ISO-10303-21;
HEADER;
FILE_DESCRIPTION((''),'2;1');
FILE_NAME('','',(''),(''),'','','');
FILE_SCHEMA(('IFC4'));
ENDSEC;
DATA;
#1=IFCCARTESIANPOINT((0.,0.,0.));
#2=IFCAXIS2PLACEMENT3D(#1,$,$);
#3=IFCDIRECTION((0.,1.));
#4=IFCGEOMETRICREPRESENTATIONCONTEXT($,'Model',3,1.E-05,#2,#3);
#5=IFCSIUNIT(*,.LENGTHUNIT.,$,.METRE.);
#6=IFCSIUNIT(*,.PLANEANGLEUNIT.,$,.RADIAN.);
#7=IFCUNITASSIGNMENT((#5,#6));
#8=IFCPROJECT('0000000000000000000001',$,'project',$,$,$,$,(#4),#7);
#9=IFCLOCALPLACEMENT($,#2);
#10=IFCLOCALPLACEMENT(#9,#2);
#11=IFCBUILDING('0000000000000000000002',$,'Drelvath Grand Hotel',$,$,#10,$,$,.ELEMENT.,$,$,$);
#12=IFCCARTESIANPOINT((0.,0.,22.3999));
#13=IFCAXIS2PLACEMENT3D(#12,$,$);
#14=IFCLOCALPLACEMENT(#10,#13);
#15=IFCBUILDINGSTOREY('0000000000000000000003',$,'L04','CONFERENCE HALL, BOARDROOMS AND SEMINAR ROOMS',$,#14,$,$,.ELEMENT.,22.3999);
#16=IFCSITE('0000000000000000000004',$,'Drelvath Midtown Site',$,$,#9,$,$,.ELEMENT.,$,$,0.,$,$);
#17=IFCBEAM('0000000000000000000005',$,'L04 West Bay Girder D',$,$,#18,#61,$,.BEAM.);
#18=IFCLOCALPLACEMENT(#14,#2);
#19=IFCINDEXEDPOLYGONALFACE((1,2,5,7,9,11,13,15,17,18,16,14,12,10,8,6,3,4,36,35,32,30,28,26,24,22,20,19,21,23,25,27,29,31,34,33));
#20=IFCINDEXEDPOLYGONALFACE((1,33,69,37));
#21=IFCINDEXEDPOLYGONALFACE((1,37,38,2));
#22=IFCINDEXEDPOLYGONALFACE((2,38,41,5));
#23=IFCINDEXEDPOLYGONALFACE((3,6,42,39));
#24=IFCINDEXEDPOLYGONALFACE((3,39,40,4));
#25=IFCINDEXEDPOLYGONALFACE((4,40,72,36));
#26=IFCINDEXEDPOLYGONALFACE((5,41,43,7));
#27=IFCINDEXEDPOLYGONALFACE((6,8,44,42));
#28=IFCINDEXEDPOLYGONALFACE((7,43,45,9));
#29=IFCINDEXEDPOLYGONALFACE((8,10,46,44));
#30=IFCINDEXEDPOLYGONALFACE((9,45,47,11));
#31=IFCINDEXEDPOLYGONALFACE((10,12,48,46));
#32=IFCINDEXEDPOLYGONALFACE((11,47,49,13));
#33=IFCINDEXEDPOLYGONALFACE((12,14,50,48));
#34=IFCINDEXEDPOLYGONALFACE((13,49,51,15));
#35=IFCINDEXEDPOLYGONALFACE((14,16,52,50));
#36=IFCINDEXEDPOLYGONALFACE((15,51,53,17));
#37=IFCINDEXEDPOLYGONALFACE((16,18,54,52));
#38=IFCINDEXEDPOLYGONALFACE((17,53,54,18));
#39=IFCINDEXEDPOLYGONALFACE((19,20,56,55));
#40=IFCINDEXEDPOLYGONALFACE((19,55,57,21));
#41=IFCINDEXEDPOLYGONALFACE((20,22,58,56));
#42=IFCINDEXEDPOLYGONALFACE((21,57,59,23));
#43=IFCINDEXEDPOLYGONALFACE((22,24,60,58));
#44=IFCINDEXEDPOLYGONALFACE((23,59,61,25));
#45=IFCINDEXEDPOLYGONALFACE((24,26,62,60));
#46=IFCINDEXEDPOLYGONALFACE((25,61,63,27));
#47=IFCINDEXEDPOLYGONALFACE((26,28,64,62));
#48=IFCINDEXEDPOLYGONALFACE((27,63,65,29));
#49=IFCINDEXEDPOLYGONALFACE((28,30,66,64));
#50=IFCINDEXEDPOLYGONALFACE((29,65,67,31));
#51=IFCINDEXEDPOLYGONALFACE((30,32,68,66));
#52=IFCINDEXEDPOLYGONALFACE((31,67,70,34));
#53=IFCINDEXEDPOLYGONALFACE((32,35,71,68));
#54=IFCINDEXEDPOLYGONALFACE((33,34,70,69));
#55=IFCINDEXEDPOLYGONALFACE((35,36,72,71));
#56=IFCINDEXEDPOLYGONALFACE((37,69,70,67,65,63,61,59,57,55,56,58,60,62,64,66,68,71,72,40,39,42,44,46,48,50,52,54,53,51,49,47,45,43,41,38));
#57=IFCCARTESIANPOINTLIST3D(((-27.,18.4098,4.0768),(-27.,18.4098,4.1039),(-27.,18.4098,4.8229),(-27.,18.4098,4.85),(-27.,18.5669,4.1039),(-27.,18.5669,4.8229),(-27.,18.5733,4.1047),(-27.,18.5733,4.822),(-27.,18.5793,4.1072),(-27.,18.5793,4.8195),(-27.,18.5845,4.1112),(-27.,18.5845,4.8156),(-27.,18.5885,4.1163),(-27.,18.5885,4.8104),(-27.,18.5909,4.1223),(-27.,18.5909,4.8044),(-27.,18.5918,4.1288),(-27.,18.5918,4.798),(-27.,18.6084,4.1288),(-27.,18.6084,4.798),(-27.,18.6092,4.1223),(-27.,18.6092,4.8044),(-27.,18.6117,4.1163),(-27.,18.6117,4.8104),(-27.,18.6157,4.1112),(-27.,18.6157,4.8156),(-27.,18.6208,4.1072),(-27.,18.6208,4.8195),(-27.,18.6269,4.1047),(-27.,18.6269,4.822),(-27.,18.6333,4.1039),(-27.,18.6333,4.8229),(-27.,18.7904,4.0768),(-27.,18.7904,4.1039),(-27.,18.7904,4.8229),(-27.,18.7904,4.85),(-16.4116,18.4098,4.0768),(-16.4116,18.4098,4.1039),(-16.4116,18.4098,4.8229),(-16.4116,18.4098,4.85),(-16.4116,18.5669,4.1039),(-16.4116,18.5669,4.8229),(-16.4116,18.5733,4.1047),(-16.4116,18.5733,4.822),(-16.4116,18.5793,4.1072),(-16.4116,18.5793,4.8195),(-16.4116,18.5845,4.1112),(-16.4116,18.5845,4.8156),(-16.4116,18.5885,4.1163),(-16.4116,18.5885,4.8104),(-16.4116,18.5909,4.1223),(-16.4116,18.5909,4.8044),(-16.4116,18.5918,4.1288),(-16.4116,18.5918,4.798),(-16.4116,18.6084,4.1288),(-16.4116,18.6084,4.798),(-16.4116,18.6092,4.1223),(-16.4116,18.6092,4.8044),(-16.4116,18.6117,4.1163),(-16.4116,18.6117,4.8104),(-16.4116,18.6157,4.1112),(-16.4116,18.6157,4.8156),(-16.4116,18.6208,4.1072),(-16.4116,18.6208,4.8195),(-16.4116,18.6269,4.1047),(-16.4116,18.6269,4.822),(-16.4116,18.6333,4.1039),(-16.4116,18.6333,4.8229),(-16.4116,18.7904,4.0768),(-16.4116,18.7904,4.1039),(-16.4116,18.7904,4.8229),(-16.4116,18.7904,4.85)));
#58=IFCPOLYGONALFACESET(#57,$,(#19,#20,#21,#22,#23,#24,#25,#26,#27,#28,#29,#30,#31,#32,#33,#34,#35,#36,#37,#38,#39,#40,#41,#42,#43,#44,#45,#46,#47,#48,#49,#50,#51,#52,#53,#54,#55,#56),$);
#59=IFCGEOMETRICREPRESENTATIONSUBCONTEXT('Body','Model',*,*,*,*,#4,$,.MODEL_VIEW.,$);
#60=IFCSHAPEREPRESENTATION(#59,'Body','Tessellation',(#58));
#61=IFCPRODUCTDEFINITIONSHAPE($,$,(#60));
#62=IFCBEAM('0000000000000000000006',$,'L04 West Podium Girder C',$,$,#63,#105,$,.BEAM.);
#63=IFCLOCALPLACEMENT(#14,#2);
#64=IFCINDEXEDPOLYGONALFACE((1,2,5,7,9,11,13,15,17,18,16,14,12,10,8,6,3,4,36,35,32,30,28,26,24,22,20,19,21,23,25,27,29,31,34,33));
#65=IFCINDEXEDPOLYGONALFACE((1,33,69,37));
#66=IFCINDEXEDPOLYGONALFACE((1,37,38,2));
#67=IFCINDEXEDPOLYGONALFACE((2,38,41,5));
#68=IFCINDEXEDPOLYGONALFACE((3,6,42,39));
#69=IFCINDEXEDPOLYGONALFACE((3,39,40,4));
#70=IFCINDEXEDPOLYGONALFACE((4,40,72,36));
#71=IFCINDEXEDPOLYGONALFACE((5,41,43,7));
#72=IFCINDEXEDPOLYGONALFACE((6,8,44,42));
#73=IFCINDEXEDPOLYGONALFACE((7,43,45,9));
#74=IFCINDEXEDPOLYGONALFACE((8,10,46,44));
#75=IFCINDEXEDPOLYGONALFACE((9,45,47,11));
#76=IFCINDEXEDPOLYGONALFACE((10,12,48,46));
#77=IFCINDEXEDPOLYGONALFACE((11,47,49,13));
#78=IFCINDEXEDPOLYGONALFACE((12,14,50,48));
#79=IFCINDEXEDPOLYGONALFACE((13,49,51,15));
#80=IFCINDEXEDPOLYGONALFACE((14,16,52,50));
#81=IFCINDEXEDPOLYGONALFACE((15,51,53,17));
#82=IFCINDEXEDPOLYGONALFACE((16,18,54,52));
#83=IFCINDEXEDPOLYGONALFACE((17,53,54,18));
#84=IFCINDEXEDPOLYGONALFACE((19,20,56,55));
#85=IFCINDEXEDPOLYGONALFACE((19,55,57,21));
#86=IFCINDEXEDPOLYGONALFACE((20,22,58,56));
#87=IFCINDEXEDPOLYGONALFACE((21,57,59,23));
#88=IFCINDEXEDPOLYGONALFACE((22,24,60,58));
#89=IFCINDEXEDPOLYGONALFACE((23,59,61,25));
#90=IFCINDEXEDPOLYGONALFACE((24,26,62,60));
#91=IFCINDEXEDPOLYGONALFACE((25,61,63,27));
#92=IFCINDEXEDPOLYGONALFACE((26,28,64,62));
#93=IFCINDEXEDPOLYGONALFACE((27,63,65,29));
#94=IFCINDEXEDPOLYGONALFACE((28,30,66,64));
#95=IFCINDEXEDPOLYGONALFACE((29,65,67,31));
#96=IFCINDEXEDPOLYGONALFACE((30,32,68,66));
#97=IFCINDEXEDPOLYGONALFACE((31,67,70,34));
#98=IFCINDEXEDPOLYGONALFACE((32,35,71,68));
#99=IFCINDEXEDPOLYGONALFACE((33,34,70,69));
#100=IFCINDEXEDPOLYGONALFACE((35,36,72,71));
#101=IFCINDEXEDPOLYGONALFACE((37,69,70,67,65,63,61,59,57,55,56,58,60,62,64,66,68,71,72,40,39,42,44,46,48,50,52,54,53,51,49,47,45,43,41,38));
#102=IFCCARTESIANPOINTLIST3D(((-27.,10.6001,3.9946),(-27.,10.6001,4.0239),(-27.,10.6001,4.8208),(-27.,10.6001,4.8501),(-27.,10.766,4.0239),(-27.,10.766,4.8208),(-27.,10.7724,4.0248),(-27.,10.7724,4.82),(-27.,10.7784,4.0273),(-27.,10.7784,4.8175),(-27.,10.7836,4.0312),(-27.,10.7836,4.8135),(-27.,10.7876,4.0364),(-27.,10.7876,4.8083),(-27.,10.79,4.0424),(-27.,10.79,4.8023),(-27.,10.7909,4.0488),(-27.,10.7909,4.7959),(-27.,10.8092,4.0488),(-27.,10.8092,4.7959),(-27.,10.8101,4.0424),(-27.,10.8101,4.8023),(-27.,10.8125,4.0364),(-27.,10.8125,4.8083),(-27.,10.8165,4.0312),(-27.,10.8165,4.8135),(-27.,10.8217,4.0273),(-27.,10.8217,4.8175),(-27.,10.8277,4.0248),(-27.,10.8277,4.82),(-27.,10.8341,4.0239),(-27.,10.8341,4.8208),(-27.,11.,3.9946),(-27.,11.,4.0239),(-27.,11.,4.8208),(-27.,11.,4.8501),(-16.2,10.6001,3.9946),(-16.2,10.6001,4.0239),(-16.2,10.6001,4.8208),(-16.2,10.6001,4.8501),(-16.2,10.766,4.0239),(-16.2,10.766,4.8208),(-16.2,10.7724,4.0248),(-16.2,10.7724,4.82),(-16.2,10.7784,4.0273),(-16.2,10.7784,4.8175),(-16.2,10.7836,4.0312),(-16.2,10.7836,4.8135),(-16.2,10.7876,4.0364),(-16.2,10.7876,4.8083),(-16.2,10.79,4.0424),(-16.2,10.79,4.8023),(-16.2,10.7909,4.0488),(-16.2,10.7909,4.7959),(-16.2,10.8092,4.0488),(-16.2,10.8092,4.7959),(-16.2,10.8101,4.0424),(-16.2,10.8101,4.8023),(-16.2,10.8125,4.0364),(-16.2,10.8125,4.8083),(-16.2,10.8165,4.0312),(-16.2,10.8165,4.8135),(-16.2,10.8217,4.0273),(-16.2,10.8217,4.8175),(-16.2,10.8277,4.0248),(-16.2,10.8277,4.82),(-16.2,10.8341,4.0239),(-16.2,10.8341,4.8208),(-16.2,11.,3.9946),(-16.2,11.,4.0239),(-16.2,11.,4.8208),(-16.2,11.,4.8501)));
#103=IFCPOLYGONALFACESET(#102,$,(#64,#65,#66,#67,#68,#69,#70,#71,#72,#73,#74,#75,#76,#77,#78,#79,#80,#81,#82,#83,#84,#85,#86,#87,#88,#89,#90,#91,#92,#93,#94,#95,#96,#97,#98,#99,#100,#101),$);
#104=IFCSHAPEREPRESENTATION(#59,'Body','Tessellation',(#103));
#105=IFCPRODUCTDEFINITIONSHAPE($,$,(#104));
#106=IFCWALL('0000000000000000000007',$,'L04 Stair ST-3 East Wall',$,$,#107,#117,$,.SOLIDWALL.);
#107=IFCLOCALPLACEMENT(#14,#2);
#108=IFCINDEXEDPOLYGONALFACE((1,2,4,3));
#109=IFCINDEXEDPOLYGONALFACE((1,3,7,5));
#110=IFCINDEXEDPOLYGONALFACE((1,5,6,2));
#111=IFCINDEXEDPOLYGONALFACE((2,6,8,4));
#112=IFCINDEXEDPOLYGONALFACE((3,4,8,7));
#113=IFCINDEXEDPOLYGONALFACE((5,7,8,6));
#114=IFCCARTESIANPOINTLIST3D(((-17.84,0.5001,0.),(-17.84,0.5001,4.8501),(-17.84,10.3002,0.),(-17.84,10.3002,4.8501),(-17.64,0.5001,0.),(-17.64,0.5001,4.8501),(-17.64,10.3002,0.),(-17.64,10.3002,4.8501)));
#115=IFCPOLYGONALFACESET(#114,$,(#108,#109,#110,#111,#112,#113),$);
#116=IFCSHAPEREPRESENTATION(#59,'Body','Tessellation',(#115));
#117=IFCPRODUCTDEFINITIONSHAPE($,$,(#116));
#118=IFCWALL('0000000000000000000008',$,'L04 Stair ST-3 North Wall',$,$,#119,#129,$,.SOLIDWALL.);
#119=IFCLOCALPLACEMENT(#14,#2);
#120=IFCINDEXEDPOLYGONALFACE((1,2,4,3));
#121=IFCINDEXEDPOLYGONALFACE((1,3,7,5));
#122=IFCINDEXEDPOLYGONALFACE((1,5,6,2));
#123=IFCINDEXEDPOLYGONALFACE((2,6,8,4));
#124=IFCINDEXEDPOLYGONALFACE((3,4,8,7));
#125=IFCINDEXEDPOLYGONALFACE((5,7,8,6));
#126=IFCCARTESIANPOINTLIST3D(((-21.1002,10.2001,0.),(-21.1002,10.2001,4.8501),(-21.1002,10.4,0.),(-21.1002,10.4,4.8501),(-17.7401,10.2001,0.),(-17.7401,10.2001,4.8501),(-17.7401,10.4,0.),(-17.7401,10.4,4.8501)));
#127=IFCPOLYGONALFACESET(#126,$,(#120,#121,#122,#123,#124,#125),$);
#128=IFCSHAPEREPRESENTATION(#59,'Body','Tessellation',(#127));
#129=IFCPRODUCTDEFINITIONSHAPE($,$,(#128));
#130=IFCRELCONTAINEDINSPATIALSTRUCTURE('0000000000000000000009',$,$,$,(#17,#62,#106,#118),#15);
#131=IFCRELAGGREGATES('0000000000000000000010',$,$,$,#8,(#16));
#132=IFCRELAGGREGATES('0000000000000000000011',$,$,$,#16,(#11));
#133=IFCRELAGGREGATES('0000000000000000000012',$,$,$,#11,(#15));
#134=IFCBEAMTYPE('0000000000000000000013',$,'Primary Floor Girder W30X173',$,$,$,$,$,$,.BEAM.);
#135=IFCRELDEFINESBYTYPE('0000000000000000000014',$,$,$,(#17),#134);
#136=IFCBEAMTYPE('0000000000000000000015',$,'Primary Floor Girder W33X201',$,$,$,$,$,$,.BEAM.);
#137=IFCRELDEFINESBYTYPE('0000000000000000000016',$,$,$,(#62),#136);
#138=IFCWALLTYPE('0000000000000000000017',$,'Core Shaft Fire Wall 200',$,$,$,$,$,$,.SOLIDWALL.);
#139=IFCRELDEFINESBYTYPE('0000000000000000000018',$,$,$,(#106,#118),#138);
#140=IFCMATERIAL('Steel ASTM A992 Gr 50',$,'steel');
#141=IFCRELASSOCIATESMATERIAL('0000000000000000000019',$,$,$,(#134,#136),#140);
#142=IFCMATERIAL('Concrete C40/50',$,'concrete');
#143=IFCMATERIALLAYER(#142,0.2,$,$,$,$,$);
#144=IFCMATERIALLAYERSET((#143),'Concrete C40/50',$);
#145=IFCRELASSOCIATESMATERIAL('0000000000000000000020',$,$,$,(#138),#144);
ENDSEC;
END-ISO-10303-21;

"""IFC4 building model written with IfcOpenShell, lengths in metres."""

from ifc_helpers import new_model, si_unit, direction, frame, frame_2d, origin, origin_2d, place, context, subcontext, project, spatial, rectangle, i_section, extrude, material, layer, layer_set, material_profile, profile_set, type_object, element, save


model = new_model("IFC4")

# Units and contexts
model_context = context("Model", 3, precision=1e-05, world=origin(), true_north=direction((0.0, 1.0)))
body_context = subcontext(model_context, "Body", "Model", "MODEL_VIEW")
ifc_project = project(units=[si_unit("LENGTHUNIT", "METRE"), si_unit("PLANEANGLEUNIT", "RADIAN")], contexts=[model_context])

# Site, building, storey
site_placement = place(None, origin())
site = spatial("IfcSite", under=ifc_project, at=site_placement, Name="Drelvath Midtown Site", CompositionType="ELEMENT", RefElevation=0.0)
building_placement = place(site_placement, origin())
building = spatial("IfcBuilding", under=site, at=building_placement, Name="Drelvath Grand Hotel", CompositionType="ELEMENT")
storey_placement = place(building_placement, frame((0.0, 0.0, 22.3999)))
storey = spatial("IfcBuildingStorey", under=building, at=storey_placement, Name="L04", Description="CONFERENCE HALL, BOARDROOMS AND SEMINAR ROOMS", CompositionType="ELEMENT", Elevation=22.3999)

# Beams
ifc_material_1 = material(Name="Steel ASTM A992 Gr 50", Category="steel")
ifc_material_profile_1 = material_profile(ifc_material_1, i_section(OverallWidth=0.3806, OverallDepth=0.7732, WebThickness=0.0166, FlangeThickness=0.0271, FilletRadius=0.0249, at=origin_2d()), Name="W30X173")
ifc_profile_set_1 = profile_set([ifc_material_profile_1], Name="Steel ASTM A992 Gr 50")
beam_type_1 = type_object("IfcBeamType", Name="Primary Floor Girder W30X173", PredefinedType="BEAM", material=ifc_profile_set_1)
beam_1_placement = place(storey_placement, frame((-27.0, 18.6001, 4.4634), z_axis=(1.0, 0.0, 0.0), x_axis=(0.0, 1.0, 0.0)))
element("IfcBeam", 1, at=beam_1_placement, inside=storey, type_object=beam_type_1, Name="L04 West Bay Girder D", PredefinedType="BEAM", context=body_context, shape_type="SweptSolid", body=[
    extrude(i_section(OverallWidth=0.3806, OverallDepth=0.7732, WebThickness=0.0166, FlangeThickness=0.0271, FilletRadius=0.0249, at=origin_2d()), origin(), (0.0, 0.0, 1.0), 10.5884),
])
ifc_material_profile_2 = material_profile(ifc_material_1, i_section(OverallWidth=0.3999, OverallDepth=0.8555, WebThickness=0.0183, FlangeThickness=0.0293, FilletRadius=0.0249, at=origin_2d()), Name="W33X201")
ifc_profile_set_2 = profile_set([ifc_material_profile_2], Name="Steel ASTM A992 Gr 50")
beam_type_2 = type_object("IfcBeamType", Name="Primary Floor Girder W33X201", PredefinedType="BEAM", material=ifc_profile_set_2)
beam_2_placement = place(storey_placement, frame((-27.0, 10.8, 4.4224), z_axis=(1.0, 0.0, 0.0), x_axis=(0.0, 1.0, 0.0)))
element("IfcBeam", 2, at=beam_2_placement, inside=storey, type_object=beam_type_2, Name="L04 West Podium Girder C", PredefinedType="BEAM", context=body_context, shape_type="SweptSolid", body=[
    extrude(i_section(OverallWidth=0.3999, OverallDepth=0.8555, WebThickness=0.0183, FlangeThickness=0.0293, FilletRadius=0.0249, at=origin_2d()), origin(), (0.0, 0.0, 1.0), 10.8),
])

# Walls
ifc_material_2 = material(Name="Concrete C40/50", Category="concrete")
ifc_layer_1 = layer(ifc_material_2, 0.2)
ifc_layer_set_1 = layer_set([ifc_layer_1], Name="Concrete C40/50")
wall_type_1 = type_object("IfcWallType", Name="Core Shaft Fire Wall 200", PredefinedType="SOLIDWALL", material=ifc_layer_set_1)
wall_1_placement = place(storey_placement, frame((-17.74, 10.3, 0.0), z_axis=(0.0, 0.0, 1.0), x_axis=(0.0, -1.0, 0.0)))
element("IfcWall", 3, at=wall_1_placement, inside=storey, type_object=wall_type_1, Name="L04 Stair ST-3 East Wall", PredefinedType="SOLIDWALL", context=body_context, shape_type="SweptSolid", body=[
    extrude(rectangle(XDim=9.8, YDim=0.2, at=frame_2d((4.8999, 0.0))), origin(), (0.0, 0.0, 1.0), 4.8501),
])
wall_2_placement = place(storey_placement, frame((-17.74, 10.3, 0.0), z_axis=(0.0, 0.0, 1.0), x_axis=(-1.0, 0.0, 0.0)))
element("IfcWall", 4, at=wall_2_placement, inside=storey, type_object=wall_type_1, Name="L04 Stair ST-3 North Wall", PredefinedType="SOLIDWALL", context=body_context, shape_type="SweptSolid", body=[
    extrude(rectangle(XDim=3.3601, YDim=0.2, at=frame_2d((1.6802, 0.0))), origin(), (0.0, 0.0, 1.0), 4.8501),
])

save(model, "model.ifc")
